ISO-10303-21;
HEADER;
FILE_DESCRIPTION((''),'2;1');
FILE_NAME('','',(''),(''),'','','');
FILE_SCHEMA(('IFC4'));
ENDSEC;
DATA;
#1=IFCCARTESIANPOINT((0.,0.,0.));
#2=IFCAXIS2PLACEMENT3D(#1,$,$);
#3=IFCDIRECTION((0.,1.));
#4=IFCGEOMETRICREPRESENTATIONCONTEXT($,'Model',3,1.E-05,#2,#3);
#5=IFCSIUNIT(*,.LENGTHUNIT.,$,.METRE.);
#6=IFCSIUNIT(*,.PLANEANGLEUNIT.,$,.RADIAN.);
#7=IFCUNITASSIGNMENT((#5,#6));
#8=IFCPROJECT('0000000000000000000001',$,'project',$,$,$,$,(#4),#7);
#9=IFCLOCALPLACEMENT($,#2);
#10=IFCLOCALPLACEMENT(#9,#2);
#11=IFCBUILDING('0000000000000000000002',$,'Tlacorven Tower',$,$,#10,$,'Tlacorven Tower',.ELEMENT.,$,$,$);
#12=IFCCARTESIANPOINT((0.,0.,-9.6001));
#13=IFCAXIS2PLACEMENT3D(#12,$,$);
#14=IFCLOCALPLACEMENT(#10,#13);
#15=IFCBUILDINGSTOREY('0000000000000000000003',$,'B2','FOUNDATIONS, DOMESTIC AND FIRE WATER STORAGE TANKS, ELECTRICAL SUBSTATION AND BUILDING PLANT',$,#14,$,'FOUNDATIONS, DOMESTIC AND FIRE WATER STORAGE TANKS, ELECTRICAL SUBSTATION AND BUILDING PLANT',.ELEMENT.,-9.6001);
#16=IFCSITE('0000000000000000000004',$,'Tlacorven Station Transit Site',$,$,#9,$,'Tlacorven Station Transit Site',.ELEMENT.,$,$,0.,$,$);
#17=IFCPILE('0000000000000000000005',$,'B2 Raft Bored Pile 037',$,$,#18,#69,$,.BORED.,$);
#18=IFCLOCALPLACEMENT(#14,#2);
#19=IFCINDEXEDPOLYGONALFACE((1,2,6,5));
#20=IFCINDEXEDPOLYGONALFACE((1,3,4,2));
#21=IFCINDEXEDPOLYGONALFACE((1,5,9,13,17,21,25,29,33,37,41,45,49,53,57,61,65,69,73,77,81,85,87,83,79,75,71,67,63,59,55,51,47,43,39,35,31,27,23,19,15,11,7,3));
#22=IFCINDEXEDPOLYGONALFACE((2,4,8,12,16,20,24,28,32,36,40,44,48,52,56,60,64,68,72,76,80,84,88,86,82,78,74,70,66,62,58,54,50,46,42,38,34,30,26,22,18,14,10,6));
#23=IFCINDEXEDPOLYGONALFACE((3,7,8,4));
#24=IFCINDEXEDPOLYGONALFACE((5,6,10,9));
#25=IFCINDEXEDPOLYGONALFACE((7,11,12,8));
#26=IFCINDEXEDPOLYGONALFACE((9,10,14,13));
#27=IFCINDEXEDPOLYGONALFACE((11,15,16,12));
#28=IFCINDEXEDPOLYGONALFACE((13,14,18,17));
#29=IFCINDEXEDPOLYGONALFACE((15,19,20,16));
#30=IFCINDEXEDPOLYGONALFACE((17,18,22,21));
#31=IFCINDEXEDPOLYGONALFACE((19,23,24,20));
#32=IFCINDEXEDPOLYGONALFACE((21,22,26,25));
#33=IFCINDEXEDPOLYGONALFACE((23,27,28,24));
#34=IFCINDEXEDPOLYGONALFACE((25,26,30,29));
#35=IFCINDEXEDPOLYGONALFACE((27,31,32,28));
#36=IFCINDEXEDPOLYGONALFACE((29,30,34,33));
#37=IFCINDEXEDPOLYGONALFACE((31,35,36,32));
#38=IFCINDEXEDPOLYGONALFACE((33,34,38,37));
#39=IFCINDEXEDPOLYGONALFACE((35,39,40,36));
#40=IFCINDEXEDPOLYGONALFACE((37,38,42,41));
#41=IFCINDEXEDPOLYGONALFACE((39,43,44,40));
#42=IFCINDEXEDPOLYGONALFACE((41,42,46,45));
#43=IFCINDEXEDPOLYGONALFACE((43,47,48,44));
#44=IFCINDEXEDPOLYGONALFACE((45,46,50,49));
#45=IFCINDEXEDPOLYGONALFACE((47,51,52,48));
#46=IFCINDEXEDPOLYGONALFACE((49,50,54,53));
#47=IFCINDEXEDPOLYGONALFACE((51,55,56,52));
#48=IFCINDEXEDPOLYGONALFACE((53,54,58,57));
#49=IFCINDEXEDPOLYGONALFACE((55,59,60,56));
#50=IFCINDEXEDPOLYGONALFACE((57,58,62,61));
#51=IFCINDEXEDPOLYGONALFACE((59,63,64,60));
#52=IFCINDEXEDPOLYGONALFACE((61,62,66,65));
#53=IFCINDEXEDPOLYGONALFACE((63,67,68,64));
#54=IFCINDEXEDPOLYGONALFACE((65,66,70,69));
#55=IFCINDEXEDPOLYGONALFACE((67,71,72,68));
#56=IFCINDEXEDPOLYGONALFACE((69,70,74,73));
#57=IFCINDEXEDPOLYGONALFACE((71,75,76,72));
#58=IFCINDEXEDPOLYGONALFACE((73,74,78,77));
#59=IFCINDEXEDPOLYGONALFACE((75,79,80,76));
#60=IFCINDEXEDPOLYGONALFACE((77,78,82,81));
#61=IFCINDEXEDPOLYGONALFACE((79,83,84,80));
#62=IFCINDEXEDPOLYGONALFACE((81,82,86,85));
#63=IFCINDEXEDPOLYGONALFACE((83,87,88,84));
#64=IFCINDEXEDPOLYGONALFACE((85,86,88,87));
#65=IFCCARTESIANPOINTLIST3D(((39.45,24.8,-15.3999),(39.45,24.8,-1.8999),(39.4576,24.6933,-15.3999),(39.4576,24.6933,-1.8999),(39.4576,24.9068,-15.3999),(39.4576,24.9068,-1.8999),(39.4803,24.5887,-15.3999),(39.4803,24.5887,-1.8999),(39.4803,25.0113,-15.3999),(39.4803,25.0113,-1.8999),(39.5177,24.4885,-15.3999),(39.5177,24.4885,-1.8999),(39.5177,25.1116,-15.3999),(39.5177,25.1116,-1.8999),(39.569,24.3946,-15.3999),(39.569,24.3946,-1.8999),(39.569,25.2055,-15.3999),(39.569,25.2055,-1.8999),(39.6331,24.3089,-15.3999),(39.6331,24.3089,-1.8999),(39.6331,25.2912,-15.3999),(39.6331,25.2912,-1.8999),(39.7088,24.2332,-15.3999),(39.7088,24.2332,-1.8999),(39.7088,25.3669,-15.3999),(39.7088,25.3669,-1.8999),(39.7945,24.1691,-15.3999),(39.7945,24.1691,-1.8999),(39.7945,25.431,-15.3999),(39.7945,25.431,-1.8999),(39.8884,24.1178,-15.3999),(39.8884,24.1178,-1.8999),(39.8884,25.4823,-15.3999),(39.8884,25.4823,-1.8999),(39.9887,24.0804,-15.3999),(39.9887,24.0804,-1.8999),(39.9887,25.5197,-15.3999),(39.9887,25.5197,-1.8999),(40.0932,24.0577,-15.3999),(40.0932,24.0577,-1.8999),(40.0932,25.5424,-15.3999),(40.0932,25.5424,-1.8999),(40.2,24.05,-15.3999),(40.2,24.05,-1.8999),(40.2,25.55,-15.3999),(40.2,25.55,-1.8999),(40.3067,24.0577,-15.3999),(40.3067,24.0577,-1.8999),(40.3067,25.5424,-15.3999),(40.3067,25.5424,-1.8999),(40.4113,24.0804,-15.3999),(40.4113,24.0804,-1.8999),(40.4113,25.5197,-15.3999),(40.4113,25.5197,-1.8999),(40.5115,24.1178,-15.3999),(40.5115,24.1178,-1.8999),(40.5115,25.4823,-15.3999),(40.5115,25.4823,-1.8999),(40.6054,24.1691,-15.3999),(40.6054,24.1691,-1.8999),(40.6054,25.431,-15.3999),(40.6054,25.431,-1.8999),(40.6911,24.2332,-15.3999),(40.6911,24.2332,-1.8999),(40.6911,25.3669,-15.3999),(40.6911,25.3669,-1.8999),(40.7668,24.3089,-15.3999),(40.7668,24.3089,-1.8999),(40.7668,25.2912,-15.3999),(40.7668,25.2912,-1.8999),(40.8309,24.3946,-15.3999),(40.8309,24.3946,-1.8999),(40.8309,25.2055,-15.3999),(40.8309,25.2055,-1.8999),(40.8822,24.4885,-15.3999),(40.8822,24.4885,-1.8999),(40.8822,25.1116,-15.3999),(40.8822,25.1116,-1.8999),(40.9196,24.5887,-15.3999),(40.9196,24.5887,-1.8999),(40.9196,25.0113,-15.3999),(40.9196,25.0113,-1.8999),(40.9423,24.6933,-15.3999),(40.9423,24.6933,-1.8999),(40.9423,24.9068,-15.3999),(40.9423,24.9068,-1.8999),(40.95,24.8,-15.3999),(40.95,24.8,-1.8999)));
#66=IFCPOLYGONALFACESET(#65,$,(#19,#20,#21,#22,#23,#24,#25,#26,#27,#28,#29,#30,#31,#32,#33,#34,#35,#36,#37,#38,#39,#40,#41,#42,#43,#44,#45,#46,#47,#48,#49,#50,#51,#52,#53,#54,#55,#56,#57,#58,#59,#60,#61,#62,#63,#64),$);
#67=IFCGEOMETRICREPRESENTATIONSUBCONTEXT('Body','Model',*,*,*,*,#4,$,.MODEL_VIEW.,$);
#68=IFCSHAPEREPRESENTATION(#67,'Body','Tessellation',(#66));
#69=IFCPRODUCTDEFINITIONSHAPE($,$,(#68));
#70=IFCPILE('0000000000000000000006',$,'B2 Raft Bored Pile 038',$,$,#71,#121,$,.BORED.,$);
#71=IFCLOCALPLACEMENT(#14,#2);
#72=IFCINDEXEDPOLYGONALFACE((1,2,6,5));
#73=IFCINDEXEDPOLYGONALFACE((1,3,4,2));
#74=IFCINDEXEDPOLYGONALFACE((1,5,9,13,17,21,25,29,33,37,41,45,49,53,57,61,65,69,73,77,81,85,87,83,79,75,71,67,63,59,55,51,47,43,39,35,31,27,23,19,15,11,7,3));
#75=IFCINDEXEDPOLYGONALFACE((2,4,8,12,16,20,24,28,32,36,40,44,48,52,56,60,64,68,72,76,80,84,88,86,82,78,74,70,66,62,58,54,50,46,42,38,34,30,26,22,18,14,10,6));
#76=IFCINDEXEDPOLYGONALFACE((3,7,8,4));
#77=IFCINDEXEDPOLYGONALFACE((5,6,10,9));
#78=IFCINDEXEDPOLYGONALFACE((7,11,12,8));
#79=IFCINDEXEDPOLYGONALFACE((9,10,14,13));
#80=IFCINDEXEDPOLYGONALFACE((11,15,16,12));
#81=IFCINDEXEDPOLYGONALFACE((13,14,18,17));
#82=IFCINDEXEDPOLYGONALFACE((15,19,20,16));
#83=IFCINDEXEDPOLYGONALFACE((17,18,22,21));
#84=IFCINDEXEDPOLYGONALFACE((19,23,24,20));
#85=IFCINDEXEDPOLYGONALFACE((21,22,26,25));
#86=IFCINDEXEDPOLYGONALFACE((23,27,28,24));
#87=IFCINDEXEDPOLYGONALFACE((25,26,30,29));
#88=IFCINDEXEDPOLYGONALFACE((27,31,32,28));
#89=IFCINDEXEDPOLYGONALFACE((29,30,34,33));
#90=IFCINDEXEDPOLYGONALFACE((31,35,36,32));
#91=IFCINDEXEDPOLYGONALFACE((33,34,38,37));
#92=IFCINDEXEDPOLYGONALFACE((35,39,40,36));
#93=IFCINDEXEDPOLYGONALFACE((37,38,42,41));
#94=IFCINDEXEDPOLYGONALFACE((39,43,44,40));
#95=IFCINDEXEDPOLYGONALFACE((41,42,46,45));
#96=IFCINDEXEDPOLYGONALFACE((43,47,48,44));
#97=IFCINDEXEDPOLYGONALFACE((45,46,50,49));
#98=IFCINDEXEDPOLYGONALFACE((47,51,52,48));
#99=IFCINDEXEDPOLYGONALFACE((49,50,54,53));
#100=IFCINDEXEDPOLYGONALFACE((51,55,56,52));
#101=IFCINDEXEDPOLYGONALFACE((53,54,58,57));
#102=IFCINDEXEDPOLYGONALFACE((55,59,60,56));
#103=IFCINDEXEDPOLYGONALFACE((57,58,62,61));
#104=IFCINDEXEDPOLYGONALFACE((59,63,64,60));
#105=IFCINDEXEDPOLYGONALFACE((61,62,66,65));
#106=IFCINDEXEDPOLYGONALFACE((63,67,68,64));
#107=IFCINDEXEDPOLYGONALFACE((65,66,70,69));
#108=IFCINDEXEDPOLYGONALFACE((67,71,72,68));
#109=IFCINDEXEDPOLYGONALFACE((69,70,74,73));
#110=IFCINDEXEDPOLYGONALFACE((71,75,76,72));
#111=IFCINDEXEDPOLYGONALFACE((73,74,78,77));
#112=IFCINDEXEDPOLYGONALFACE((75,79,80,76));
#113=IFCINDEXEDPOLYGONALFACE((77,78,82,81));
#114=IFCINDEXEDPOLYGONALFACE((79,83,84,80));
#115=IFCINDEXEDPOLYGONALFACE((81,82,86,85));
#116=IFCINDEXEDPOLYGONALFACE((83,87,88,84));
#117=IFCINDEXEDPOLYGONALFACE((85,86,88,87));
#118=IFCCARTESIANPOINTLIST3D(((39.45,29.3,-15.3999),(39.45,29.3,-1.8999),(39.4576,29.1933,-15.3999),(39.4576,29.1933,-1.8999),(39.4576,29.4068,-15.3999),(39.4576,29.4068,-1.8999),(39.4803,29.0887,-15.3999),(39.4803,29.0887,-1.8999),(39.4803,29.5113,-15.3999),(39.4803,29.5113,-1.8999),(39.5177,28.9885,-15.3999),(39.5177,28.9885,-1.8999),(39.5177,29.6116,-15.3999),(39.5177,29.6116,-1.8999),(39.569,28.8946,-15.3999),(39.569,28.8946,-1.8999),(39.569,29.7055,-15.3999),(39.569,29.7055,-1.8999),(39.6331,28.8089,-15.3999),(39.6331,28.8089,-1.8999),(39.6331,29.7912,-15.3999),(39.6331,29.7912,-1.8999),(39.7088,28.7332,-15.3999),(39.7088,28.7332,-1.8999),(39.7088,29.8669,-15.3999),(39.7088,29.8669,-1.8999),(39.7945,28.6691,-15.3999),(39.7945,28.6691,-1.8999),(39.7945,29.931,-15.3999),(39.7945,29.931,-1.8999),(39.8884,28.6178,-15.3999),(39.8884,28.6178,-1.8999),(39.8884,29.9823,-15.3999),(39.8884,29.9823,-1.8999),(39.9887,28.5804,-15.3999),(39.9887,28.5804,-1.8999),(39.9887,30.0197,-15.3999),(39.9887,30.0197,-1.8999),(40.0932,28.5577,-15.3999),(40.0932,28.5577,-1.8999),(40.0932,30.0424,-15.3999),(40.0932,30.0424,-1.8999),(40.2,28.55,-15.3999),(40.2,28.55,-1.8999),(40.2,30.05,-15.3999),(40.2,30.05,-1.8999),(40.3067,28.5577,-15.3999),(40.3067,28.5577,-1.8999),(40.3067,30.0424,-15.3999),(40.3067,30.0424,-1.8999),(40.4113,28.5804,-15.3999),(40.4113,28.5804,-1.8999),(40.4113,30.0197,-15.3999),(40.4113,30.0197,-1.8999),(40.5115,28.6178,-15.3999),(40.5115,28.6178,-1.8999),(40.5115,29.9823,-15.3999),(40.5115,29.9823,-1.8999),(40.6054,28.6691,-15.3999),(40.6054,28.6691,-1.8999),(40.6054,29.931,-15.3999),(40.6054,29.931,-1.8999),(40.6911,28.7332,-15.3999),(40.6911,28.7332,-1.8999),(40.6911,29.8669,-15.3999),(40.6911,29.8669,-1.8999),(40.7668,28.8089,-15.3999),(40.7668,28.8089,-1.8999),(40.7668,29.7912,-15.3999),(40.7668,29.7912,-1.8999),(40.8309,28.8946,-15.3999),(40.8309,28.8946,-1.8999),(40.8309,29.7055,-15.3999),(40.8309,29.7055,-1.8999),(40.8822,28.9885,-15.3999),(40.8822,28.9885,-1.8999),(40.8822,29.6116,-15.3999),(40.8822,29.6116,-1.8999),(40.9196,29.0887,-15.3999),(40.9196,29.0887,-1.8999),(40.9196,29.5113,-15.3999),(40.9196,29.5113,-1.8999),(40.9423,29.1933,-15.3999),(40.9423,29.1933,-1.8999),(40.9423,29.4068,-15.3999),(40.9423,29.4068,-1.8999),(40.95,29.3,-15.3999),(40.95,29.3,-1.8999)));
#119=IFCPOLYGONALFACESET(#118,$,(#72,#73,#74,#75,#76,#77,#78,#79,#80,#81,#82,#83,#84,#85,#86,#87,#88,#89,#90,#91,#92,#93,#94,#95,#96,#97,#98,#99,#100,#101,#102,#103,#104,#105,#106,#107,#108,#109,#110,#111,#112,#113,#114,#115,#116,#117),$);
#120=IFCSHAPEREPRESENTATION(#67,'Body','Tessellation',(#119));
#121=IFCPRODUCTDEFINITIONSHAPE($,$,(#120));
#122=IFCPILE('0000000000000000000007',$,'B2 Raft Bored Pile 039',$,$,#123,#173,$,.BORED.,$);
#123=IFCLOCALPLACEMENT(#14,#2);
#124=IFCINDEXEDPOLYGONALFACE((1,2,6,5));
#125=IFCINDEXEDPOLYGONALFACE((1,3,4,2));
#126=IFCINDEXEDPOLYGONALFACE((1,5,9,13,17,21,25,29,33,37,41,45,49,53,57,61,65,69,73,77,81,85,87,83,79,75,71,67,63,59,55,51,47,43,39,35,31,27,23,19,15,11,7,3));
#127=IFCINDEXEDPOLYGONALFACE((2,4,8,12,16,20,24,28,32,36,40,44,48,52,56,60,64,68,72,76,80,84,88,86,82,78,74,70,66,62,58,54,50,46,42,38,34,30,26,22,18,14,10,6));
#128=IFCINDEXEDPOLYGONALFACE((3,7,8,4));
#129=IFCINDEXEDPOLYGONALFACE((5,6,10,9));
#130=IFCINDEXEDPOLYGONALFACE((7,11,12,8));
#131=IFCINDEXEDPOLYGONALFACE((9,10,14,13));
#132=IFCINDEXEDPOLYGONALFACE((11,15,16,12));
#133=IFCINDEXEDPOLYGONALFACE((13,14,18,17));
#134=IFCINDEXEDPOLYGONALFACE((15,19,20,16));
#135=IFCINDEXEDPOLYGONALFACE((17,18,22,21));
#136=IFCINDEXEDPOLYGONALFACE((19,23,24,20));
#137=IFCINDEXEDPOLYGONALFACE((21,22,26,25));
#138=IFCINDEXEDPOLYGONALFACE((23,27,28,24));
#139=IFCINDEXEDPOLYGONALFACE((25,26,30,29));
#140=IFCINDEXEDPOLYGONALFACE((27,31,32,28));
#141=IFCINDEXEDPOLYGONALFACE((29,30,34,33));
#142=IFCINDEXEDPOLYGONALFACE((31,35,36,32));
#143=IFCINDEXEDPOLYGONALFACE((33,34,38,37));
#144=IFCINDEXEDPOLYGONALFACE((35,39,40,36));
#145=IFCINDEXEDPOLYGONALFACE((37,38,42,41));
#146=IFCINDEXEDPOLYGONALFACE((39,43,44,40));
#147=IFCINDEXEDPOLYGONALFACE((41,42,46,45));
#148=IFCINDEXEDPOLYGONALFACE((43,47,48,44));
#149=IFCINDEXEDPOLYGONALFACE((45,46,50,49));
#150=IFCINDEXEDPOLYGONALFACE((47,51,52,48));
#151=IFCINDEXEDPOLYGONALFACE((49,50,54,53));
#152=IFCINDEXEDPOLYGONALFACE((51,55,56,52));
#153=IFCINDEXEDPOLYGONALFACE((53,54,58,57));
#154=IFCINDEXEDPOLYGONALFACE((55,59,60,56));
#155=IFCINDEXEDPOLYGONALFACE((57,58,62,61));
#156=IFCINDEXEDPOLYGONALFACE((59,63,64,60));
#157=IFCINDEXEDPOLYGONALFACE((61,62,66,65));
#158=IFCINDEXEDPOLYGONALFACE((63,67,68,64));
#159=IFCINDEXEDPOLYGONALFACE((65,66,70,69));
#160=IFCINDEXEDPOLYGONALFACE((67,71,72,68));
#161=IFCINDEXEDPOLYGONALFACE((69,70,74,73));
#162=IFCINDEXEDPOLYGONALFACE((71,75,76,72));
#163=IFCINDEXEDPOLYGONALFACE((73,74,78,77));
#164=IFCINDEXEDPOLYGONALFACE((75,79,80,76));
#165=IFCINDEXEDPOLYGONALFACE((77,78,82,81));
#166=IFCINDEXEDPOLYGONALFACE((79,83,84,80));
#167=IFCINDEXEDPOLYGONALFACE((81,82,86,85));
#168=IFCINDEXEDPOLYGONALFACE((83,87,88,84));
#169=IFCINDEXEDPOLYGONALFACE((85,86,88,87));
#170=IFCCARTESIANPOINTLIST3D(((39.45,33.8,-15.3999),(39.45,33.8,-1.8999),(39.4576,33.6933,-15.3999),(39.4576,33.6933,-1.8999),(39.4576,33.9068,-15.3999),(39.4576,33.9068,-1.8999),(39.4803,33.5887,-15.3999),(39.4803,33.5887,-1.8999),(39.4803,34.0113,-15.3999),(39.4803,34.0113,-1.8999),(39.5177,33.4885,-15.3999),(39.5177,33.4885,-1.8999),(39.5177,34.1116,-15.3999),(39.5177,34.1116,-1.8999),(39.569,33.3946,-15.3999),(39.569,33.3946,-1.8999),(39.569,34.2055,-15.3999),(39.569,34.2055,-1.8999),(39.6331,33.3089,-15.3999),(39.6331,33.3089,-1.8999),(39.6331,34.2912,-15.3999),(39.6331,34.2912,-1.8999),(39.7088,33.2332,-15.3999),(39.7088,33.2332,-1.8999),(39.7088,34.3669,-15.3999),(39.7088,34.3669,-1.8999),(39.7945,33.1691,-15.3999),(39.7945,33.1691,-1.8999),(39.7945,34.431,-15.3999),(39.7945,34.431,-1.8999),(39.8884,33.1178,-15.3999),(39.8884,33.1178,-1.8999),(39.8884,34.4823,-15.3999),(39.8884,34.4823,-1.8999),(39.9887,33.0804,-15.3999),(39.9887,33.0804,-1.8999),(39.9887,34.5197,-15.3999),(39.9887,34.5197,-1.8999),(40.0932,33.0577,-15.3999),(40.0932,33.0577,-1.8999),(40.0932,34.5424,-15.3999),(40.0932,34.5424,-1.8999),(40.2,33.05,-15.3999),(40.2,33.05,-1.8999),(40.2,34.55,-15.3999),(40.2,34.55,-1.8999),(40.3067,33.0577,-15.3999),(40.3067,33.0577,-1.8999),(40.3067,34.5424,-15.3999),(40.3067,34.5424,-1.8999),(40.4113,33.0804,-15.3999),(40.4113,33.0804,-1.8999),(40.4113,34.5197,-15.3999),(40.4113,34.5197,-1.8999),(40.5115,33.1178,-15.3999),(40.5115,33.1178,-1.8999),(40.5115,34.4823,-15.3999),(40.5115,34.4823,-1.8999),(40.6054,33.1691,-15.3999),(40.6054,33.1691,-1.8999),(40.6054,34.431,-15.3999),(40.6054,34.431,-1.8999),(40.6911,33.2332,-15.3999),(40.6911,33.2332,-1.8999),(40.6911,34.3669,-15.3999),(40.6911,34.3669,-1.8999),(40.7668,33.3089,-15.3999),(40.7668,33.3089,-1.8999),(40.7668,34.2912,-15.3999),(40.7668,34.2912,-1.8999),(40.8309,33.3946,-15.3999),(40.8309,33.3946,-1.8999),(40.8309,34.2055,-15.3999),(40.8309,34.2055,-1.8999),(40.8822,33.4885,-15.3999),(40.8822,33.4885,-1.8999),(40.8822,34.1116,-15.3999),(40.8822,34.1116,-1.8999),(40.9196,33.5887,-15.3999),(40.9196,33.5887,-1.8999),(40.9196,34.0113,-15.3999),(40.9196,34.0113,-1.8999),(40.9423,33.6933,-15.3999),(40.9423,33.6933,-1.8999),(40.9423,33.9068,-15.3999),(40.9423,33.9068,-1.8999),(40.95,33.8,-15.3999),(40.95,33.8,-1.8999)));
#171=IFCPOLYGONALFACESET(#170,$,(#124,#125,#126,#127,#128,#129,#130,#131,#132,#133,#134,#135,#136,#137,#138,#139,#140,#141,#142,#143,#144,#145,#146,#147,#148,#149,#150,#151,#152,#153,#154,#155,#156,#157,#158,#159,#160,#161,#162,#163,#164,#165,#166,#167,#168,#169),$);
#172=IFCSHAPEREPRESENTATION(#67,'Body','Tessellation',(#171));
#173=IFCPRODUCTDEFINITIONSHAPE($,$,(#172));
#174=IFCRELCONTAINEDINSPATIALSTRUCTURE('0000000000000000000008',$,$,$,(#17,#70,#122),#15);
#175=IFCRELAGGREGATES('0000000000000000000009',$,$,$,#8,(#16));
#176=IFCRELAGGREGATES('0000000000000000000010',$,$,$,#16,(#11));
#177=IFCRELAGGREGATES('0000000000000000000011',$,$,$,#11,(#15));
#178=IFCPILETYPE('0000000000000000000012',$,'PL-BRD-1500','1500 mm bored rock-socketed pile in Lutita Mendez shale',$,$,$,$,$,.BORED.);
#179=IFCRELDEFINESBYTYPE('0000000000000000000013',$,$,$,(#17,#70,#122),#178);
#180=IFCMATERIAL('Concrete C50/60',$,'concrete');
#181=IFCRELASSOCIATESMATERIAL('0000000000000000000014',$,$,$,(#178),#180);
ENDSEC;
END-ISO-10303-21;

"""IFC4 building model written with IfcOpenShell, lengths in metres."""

from ifc_helpers import new_model, si_unit, direction, frame, origin, origin_2d, place, context, subcontext, project, spatial, circle, extrude, source, transform, mapped, material, material_profile, profile_set, type_object, element, save


model = new_model("IFC4")

# Units and contexts
model_context = context("Model", 3, precision=1e-05, world=origin(), true_north=direction((0.0, 1.0)))
body_context = subcontext(model_context, "Body", "Model", "MODEL_VIEW")
ifc_project = project(units=[si_unit("LENGTHUNIT", "METRE"), si_unit("PLANEANGLEUNIT", "RADIAN")], contexts=[model_context])

# Site, building, storey
site_placement = place(None, origin())
site = spatial("IfcSite", under=ifc_project, at=site_placement, Name="Tlacorven Station Transit Site", LongName="Tlacorven Station Transit Site", CompositionType="ELEMENT", RefElevation=0.0)
building_placement = place(site_placement, origin())
building = spatial("IfcBuilding", under=site, at=building_placement, Name="Tlacorven Tower", LongName="Tlacorven Tower", CompositionType="ELEMENT")
storey_placement = place(building_placement, frame((0.0, 0.0, -9.6001)))
storey = spatial("IfcBuildingStorey", under=building, at=storey_placement, Name="B2", Description="FOUNDATIONS, DOMESTIC AND FIRE WATER STORAGE TANKS, ELECTRICAL SUBSTATION AND BUILDING PLANT", LongName="FOUNDATIONS, DOMESTIC AND FIRE WATER STORAGE TANKS, ELECTRICAL SUBSTATION AND BUILDING PLANT", CompositionType="ELEMENT", Elevation=-9.6001)

# Piles
ifc_material_1 = material(Name="Concrete C50/60", Category="concrete")
ifc_material_profile_1 = material_profile(ifc_material_1, circle(Radius=0.75, at=origin_2d()), Name="BORED PILE D1500")
ifc_profile_set_1 = profile_set([ifc_material_profile_1], Name="Concrete C50/60")
pile_type_1 = type_object("IfcPileType", Name="PL-BRD-1500", Description="1500 mm bored rock-socketed pile in Lutita Mendez shale", PredefinedType="BORED", material=ifc_profile_set_1)
shared_shape_1 = source(origin(), body_context, "Body", "SweptSolid", [
    extrude(circle(Radius=0.75, at=origin_2d()), origin(), (0.0, 0.0, 1.0), 13.5),
])
for number, where, z_axis, x_axis, name in (
    (1, (40.2, 24.8, -1.8999), (0.0, 0.0, -1.0), (1.0, 0.0, 0.0), "B2 Raft Bored Pile 037"),
    (2, (40.2, 29.3, -1.8999), (0.0, 0.0, -1.0), (1.0, 0.0, 0.0), "B2 Raft Bored Pile 038"),
    (3, (40.2, 33.8, -1.8999), (0.0, 0.0, -1.0), (1.0, 0.0, 0.0), "B2 Raft Bored Pile 039"),
):
    element("IfcPile", number, at=place(storey_placement, frame(where, z_axis=z_axis, x_axis=x_axis)), inside=storey, type_object=pile_type_1, Name=name, PredefinedType="BORED", context=body_context, shape_type="MappedRepresentation", body=[
        mapped(shared_shape_1, transform((0.0, 0.0, 0.0), scale=1.0)),
    ])

save(model, "model.ifc")
